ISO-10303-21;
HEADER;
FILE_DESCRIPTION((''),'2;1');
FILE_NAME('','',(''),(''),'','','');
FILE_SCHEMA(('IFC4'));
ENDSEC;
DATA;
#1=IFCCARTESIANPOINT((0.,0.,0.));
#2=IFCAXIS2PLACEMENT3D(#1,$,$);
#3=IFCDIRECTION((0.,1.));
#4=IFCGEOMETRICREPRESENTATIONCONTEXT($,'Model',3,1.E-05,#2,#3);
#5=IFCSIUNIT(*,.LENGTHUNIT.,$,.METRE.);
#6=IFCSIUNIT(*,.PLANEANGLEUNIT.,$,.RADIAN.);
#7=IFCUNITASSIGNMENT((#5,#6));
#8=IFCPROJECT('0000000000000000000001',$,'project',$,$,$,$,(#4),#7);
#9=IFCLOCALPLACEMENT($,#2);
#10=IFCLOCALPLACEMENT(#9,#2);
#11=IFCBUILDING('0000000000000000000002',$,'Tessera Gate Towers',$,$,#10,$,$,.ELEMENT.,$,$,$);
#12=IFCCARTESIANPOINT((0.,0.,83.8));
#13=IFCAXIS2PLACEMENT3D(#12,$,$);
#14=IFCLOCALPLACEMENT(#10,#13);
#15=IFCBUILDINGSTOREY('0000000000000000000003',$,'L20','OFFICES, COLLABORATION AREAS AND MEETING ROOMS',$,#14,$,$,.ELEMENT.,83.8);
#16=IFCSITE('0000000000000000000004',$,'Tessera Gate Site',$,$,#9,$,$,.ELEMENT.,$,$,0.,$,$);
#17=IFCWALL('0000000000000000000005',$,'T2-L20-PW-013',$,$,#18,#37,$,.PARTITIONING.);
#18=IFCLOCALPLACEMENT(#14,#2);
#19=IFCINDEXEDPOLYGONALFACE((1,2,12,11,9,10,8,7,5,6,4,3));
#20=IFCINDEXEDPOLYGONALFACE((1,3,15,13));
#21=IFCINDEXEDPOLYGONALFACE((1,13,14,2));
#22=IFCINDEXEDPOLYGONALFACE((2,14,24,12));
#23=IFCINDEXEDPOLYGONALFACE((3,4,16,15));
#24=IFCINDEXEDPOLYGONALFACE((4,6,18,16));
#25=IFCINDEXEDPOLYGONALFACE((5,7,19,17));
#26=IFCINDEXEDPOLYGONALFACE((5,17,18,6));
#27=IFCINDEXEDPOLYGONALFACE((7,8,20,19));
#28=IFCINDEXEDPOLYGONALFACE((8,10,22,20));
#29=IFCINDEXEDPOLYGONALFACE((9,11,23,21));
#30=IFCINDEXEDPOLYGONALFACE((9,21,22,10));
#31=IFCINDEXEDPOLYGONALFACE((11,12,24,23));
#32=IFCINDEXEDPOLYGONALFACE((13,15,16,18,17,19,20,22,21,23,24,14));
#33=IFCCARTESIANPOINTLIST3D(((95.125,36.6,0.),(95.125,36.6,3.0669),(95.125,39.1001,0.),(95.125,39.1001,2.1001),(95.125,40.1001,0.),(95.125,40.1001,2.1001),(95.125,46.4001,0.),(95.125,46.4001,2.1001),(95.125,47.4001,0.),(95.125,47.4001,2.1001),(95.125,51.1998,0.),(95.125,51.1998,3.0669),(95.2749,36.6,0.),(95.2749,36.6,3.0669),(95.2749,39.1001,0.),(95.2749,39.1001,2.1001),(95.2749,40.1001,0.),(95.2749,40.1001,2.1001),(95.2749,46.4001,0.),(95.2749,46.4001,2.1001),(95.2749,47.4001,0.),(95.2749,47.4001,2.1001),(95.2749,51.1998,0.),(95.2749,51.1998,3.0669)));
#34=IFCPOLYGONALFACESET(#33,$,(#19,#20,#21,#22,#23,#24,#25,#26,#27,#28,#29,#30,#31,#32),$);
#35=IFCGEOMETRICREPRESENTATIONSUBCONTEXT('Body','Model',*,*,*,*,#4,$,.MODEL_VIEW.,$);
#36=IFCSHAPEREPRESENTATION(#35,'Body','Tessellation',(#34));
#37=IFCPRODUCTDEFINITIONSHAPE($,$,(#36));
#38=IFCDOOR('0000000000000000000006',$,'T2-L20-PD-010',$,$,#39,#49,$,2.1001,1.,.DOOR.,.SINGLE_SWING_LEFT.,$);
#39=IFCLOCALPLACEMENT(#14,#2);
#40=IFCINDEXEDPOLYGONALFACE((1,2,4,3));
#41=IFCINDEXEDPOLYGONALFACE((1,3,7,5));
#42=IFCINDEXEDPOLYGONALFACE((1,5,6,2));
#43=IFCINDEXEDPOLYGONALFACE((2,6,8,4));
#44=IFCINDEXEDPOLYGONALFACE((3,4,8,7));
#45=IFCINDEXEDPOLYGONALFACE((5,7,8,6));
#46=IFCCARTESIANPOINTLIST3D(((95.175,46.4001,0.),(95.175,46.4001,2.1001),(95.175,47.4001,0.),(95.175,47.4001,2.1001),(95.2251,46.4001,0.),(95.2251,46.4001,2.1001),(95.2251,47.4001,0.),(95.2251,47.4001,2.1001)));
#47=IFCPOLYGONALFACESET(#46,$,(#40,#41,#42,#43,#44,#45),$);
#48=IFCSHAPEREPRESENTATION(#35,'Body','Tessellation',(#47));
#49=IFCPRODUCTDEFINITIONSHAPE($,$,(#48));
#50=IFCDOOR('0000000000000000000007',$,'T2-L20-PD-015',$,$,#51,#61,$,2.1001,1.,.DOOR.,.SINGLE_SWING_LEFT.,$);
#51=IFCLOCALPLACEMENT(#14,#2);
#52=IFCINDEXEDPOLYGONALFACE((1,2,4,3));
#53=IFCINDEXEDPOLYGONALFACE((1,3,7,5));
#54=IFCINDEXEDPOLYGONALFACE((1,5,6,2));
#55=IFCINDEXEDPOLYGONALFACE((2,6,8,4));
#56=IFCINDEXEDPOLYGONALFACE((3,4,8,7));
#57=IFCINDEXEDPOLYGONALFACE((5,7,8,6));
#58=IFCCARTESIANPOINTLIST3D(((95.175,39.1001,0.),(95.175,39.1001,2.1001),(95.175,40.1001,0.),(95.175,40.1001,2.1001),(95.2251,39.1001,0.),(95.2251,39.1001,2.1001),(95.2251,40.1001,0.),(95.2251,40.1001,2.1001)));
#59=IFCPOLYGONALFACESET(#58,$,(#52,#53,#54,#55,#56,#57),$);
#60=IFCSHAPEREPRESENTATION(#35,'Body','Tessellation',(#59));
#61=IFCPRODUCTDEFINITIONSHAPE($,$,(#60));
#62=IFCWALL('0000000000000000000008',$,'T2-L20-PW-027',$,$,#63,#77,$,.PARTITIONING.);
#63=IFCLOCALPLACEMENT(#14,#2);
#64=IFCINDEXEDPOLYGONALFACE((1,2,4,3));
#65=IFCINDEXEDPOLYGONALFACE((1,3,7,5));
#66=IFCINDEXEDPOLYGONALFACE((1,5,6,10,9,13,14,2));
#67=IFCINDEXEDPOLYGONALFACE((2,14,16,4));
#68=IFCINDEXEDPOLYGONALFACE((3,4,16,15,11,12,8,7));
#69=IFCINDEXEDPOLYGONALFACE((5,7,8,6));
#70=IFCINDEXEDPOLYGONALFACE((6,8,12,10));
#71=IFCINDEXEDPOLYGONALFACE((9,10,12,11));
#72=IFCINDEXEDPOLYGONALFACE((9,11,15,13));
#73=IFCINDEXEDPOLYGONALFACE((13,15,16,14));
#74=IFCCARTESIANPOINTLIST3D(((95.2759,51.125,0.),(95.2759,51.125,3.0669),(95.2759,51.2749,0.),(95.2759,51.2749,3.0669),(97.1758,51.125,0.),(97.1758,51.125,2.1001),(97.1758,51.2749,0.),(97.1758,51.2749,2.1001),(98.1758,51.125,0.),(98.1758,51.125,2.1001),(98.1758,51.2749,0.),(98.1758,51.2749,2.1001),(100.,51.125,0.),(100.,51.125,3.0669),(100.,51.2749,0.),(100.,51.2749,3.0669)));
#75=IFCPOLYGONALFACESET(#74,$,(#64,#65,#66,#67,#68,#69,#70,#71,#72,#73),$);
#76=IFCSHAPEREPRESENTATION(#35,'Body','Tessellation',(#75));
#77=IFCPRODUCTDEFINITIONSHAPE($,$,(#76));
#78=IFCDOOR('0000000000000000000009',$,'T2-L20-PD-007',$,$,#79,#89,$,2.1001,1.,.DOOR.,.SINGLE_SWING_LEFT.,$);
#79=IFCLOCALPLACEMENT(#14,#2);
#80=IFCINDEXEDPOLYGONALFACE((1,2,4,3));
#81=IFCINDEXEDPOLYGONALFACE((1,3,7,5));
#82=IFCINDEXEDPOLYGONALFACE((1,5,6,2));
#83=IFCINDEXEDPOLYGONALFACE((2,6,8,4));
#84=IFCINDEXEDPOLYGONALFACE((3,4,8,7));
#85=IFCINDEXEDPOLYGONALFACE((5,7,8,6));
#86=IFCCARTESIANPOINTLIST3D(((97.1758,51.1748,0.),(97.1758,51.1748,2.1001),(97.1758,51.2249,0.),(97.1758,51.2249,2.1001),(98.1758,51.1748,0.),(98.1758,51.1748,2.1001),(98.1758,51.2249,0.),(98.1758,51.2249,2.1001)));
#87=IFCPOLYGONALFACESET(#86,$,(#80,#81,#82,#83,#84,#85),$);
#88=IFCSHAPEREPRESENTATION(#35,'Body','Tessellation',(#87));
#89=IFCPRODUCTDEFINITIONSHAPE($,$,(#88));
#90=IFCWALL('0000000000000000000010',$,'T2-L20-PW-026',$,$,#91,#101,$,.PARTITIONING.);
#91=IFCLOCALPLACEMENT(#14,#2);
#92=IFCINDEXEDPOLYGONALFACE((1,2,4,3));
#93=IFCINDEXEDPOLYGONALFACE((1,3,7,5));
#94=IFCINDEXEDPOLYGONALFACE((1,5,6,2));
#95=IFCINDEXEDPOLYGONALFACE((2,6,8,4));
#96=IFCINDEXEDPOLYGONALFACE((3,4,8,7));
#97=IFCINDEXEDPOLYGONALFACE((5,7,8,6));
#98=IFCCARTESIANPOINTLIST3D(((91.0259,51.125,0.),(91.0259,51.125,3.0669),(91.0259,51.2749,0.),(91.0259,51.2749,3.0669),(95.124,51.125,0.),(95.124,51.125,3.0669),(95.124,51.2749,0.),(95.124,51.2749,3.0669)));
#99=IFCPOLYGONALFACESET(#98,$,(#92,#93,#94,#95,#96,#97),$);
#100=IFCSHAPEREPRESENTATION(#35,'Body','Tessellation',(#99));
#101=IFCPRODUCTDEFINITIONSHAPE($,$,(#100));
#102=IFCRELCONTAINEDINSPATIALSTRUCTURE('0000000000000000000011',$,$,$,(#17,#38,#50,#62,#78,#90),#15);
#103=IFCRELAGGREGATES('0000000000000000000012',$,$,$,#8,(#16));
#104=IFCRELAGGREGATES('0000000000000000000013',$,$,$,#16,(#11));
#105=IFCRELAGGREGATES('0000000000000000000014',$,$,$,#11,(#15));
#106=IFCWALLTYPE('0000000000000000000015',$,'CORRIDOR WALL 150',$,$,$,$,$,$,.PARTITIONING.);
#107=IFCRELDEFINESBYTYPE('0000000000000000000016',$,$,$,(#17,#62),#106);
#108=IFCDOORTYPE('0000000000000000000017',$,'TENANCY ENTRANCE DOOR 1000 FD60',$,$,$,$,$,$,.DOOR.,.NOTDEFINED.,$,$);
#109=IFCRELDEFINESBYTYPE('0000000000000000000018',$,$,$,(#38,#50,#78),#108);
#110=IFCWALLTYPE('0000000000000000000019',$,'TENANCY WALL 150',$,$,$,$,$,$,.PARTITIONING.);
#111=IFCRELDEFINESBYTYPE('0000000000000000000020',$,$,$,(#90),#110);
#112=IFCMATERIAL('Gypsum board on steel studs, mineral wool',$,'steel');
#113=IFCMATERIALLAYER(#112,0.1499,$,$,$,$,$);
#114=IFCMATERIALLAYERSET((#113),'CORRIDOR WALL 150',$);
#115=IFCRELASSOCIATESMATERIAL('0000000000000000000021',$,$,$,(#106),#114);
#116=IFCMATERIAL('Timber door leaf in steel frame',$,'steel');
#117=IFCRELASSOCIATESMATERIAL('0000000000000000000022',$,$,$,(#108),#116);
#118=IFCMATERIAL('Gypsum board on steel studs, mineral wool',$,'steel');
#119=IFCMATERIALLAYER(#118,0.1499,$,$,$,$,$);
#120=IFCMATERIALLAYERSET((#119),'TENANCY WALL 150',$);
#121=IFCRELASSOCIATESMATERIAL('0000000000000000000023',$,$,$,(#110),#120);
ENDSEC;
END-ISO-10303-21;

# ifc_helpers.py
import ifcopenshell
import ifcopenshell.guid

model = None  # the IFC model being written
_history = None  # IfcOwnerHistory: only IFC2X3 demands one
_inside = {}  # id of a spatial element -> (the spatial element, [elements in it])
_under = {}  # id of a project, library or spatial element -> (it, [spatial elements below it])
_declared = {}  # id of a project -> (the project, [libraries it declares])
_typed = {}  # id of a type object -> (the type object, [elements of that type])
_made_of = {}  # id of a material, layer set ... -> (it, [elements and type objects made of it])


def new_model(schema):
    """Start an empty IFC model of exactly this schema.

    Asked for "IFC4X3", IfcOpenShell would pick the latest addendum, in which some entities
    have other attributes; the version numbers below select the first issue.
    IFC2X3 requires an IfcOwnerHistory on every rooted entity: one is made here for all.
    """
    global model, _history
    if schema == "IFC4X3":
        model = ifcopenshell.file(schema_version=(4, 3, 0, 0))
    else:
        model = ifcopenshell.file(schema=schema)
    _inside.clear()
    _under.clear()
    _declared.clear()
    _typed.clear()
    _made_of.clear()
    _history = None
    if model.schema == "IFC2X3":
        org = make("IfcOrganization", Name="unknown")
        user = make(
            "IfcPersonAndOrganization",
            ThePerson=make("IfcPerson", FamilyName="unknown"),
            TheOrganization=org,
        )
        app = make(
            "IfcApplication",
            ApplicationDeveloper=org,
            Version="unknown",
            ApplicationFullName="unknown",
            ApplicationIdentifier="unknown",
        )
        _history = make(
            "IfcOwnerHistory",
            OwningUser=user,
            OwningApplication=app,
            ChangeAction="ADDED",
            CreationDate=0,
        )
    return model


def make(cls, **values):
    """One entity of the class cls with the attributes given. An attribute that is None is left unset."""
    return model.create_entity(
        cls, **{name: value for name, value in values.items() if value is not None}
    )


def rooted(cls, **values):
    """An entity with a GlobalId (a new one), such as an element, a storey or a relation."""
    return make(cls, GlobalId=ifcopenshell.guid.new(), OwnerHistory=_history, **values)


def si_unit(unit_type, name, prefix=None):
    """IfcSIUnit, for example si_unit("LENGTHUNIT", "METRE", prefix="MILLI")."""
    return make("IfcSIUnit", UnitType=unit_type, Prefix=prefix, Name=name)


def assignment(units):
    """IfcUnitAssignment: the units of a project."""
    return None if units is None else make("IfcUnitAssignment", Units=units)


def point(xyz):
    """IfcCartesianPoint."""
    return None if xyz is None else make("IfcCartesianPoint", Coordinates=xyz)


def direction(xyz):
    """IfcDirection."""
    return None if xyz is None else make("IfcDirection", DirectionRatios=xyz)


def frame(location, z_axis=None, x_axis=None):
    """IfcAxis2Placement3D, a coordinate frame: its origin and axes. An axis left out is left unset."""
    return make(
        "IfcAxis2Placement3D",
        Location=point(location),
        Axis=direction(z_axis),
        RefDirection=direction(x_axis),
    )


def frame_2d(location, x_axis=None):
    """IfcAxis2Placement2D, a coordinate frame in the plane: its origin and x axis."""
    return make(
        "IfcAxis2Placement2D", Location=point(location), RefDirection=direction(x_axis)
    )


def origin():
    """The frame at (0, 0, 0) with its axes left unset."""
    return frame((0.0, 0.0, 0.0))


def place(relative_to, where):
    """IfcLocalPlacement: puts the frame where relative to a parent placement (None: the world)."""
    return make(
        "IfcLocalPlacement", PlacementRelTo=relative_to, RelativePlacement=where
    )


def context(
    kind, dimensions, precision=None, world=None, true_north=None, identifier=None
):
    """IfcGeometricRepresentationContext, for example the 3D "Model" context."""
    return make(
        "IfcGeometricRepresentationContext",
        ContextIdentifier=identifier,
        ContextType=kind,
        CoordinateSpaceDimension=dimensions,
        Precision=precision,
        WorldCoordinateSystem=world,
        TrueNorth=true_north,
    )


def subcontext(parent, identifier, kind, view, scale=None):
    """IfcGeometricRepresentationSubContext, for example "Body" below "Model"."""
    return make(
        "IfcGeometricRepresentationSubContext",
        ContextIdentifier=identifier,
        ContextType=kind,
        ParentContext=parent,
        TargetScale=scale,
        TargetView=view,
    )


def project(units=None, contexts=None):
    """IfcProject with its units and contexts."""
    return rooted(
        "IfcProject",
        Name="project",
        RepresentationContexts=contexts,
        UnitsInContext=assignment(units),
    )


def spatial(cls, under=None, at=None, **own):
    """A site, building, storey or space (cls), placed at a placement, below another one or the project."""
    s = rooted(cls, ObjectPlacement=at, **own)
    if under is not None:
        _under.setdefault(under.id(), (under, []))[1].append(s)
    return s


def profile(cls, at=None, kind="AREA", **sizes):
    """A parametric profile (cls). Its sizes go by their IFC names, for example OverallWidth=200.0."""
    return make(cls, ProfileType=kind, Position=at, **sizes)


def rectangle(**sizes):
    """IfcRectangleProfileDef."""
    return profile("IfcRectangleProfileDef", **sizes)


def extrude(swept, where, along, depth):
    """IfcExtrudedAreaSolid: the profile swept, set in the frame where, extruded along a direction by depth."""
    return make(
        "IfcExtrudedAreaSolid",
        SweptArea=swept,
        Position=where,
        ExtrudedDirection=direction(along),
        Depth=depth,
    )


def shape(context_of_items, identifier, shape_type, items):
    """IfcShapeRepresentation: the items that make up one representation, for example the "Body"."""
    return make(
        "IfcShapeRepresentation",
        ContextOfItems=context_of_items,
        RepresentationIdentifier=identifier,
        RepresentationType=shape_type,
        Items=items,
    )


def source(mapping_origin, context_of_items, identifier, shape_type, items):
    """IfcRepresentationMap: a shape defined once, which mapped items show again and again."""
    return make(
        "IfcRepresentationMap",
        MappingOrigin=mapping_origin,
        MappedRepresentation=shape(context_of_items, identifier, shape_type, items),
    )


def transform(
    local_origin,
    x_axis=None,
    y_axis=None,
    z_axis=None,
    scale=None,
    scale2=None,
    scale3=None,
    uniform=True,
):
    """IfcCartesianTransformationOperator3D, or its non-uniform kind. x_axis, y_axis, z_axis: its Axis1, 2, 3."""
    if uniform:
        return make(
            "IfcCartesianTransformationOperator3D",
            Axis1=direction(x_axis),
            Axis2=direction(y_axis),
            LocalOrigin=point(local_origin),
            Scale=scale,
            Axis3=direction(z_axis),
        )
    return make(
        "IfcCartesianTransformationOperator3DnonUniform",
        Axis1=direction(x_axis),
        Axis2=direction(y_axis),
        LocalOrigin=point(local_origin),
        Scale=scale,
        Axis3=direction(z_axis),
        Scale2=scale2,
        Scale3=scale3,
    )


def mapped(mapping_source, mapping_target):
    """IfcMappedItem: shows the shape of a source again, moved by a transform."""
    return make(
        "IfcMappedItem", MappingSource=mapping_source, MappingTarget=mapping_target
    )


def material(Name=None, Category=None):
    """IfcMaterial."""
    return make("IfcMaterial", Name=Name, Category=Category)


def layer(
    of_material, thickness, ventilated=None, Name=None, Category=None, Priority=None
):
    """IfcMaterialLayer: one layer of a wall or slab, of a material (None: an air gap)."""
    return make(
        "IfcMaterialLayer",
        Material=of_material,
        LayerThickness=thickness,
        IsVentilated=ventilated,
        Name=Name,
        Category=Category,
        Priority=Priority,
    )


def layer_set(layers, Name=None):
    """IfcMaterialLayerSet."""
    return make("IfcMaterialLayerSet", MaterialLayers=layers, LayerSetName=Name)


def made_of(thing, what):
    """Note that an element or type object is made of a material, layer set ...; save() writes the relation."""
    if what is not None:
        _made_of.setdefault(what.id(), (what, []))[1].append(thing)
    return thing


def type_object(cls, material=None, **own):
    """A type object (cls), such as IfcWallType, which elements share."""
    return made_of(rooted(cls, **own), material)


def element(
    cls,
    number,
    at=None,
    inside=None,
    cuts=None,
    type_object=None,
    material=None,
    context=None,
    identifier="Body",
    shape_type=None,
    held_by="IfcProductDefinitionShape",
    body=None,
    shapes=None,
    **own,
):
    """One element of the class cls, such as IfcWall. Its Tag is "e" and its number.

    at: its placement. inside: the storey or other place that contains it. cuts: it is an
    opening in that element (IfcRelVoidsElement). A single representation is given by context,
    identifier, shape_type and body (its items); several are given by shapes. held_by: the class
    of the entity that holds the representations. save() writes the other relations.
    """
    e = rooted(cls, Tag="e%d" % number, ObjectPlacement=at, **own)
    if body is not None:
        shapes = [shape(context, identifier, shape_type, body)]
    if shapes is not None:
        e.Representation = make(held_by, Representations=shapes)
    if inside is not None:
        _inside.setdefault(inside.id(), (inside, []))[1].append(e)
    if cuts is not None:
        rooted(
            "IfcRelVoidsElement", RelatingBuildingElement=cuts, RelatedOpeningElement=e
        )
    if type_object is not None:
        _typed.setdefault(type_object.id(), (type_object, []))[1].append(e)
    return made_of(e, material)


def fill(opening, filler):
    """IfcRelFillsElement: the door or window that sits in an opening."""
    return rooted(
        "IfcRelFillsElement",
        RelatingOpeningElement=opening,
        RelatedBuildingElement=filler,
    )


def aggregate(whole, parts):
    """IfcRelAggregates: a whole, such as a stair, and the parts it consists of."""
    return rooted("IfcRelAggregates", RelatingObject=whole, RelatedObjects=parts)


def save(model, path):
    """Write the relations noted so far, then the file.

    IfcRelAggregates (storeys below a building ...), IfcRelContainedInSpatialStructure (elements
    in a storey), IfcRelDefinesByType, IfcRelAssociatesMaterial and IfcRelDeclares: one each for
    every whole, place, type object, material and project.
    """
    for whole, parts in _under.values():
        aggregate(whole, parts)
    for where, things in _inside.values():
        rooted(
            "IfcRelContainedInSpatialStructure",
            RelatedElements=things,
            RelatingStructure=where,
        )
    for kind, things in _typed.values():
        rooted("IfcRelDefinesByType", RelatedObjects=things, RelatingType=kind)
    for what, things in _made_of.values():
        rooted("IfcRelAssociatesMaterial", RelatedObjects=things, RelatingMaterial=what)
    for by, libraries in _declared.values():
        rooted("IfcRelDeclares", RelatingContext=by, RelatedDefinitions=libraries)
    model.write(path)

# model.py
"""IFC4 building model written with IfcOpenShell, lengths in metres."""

from ifc_helpers import new_model, si_unit, direction, frame, frame_2d, origin, place, context, subcontext, project, spatial, rectangle, extrude, source, transform, mapped, material, layer, layer_set, type_object, element, fill, save


model = new_model("IFC4")

# Units and contexts
model_context = context("Model", 3, precision=1e-05, world=origin(), true_north=direction((0.0, 1.0)))
body_context = subcontext(model_context, "Body", "Model", "MODEL_VIEW")
ifc_project = project(units=[si_unit("LENGTHUNIT", "METRE"), si_unit("PLANEANGLEUNIT", "RADIAN")], contexts=[model_context])

# Site, building, storey
site_placement = place(None, origin())
site = spatial("IfcSite", under=ifc_project, at=site_placement, Name="Tessera Gate Site", CompositionType="ELEMENT", RefElevation=0.0)
building_placement = place(site_placement, origin())
building = spatial("IfcBuilding", under=site, at=building_placement, Name="Tessera Gate Towers", CompositionType="ELEMENT")
storey_placement = place(building_placement, frame((0.0, 0.0, 83.8)))
storey = spatial("IfcBuildingStorey", under=building, at=storey_placement, Name="L20", Description="OFFICES, COLLABORATION AREAS AND MEETING ROOMS", CompositionType="ELEMENT", Elevation=83.8)

# Wall, openings, doors
ifc_material_1 = material(Name="Gypsum board on steel studs, mineral wool", Category="steel")
ifc_layer_1 = layer(ifc_material_1, 0.1499)
ifc_layer_set_1 = layer_set([ifc_layer_1], Name="CORRIDOR WALL 150")
wall_type_1 = type_object("IfcWallType", Name="CORRIDOR WALL 150", PredefinedType="PARTITIONING", material=ifc_layer_set_1)
wall_1_placement = place(storey_placement, frame((95.2, 36.6001, 0.0), z_axis=(0.0, 0.0, 1.0), x_axis=(0.0, 1.0, 0.0)))
wall_1 = element("IfcWall", 1, at=wall_1_placement, inside=storey, type_object=wall_type_1, Name="T2-L20-PW-013", PredefinedType="PARTITIONING", context=body_context, shape_type="SweptSolid", body=[
    extrude(rectangle(XDim=14.5999, YDim=0.1499, at=frame_2d((7.2998, 0.0))), origin(), (0.0, 0.0, 1.0), 3.0669),
])
shared_shape_1 = source(origin(), body_context, "Body", "SweptSolid", [
    extrude(rectangle(XDim=1.0, YDim=2.1001, at=frame_2d((0.5, 1.05))), frame((0.0, 0.085, 0.0), z_axis=(0.0, -1.0, 0.0), x_axis=(1.0, 0.0, 0.0)), (0.0, 0.0, 1.0), 0.1699),
])
opening_1_placement = place(wall_1_placement, frame((9.8, 0.0, 0.0)))
opening_1 = element("IfcOpeningElement", 2, at=opening_1_placement, cuts=wall_1, PredefinedType="OPENING", context=body_context, shape_type="MappedRepresentation", body=[
    mapped(shared_shape_1, transform((0.0, 0.0, 0.0), scale=1.0)),
])
opening_2_placement = place(wall_1_placement, frame((2.5, 0.0, 0.0)))
opening_2 = element("IfcOpeningElement", 3, at=opening_2_placement, cuts=wall_1, PredefinedType="OPENING", context=body_context, shape_type="MappedRepresentation", body=[
    mapped(shared_shape_1, transform((0.0, 0.0, 0.0), scale=1.0)),
])
ifc_material_2 = material(Name="Timber door leaf in steel frame", Category="steel")
door_type_1 = type_object("IfcDoorType", Name="TENANCY ENTRANCE DOOR 1000 FD60", OperationType="NOTDEFINED", PredefinedType="DOOR", material=ifc_material_2)
shared_shape_2 = source(origin(), body_context, "Body", "SweptSolid", [
    extrude(rectangle(XDim=1.0, YDim=2.1001, at=frame_2d((0.5, 1.05))), frame((0.0, 0.0249, 0.0), z_axis=(0.0, -1.0, 0.0), x_axis=(1.0, 0.0, 0.0)), (0.0, 0.0, 1.0), 0.05),
])
door_1_placement = place(opening_1_placement, origin())
door_1 = element("IfcDoor", 4, at=door_1_placement, inside=storey, type_object=door_type_1, Name="T2-L20-PD-010", OperationType="SINGLE_SWING_LEFT", OverallHeight=2.1001, OverallWidth=1.0, PredefinedType="DOOR", context=body_context, shape_type="MappedRepresentation", body=[
    mapped(shared_shape_2, transform((0.0, 0.0, 0.0), scale=1.0)),
])
fill(opening_1, door_1)
door_2_placement = place(opening_2_placement, origin())
door_2 = element("IfcDoor", 5, at=door_2_placement, inside=storey, type_object=door_type_1, Name="T2-L20-PD-015", OperationType="SINGLE_SWING_LEFT", OverallHeight=2.1001, OverallWidth=1.0, PredefinedType="DOOR", context=body_context, shape_type="MappedRepresentation", body=[
    mapped(shared_shape_2, transform((0.0, 0.0, 0.0), scale=1.0)),
])
fill(opening_2, door_2)

# Wall, opening, door
wall_2_placement = place(storey_placement, frame((95.2759, 51.2, 0.0), z_axis=(0.0, 0.0, 1.0), x_axis=(1.0, 0.0, 0.0)))
wall_2 = element("IfcWall", 6, at=wall_2_placement, inside=storey, type_object=wall_type_1, Name="T2-L20-PW-027", PredefinedType="PARTITIONING", context=body_context, shape_type="SweptSolid", body=[
    extrude(rectangle(XDim=4.7241, YDim=0.1499, at=frame_2d((2.3621, 0.0))), origin(), (0.0, 0.0, 1.0), 3.0669),
])
opening_3_placement = place(wall_2_placement, frame((1.8999, 0.0, 0.0)))
opening_3 = element("IfcOpeningElement", 7, at=opening_3_placement, cuts=wall_2, PredefinedType="OPENING", context=body_context, shape_type="MappedRepresentation", body=[
    mapped(shared_shape_1, transform((0.0, 0.0, 0.0), scale=1.0)),
])
door_3_placement = place(opening_3_placement, origin())
door_3 = element("IfcDoor", 8, at=door_3_placement, inside=storey, type_object=door_type_1, Name="T2-L20-PD-007", OperationType="SINGLE_SWING_LEFT", OverallHeight=2.1001, OverallWidth=1.0, PredefinedType="DOOR", context=body_context, shape_type="MappedRepresentation", body=[
    mapped(shared_shape_2, transform((0.0, 0.0, 0.0), scale=1.0)),
])
fill(opening_3, door_3)

# Wall
ifc_material_3 = material(Name="Gypsum board on steel studs, mineral wool", Category="steel")
ifc_layer_2 = layer(ifc_material_3, 0.1499)
ifc_layer_set_2 = layer_set([ifc_layer_2], Name="TENANCY WALL 150")
wall_type_2 = type_object("IfcWallType", Name="TENANCY WALL 150", PredefinedType="PARTITIONING", material=ifc_layer_set_2)
wall_3_placement = place(storey_placement, frame((91.0259, 51.2, 0.0), z_axis=(0.0, 0.0, 1.0), x_axis=(1.0, 0.0, 0.0)))
element("IfcWall", 9, at=wall_3_placement, inside=storey, type_object=wall_type_2, Name="T2-L20-PW-026", PredefinedType="PARTITIONING", context=body_context, shape_type="SweptSolid", body=[
    extrude(rectangle(XDim=4.0981, YDim=0.1499, at=frame_2d((2.0491, 0.0))), origin(), (0.0, 0.0, 1.0), 3.0669),
])

save(model, "model.ifc")
